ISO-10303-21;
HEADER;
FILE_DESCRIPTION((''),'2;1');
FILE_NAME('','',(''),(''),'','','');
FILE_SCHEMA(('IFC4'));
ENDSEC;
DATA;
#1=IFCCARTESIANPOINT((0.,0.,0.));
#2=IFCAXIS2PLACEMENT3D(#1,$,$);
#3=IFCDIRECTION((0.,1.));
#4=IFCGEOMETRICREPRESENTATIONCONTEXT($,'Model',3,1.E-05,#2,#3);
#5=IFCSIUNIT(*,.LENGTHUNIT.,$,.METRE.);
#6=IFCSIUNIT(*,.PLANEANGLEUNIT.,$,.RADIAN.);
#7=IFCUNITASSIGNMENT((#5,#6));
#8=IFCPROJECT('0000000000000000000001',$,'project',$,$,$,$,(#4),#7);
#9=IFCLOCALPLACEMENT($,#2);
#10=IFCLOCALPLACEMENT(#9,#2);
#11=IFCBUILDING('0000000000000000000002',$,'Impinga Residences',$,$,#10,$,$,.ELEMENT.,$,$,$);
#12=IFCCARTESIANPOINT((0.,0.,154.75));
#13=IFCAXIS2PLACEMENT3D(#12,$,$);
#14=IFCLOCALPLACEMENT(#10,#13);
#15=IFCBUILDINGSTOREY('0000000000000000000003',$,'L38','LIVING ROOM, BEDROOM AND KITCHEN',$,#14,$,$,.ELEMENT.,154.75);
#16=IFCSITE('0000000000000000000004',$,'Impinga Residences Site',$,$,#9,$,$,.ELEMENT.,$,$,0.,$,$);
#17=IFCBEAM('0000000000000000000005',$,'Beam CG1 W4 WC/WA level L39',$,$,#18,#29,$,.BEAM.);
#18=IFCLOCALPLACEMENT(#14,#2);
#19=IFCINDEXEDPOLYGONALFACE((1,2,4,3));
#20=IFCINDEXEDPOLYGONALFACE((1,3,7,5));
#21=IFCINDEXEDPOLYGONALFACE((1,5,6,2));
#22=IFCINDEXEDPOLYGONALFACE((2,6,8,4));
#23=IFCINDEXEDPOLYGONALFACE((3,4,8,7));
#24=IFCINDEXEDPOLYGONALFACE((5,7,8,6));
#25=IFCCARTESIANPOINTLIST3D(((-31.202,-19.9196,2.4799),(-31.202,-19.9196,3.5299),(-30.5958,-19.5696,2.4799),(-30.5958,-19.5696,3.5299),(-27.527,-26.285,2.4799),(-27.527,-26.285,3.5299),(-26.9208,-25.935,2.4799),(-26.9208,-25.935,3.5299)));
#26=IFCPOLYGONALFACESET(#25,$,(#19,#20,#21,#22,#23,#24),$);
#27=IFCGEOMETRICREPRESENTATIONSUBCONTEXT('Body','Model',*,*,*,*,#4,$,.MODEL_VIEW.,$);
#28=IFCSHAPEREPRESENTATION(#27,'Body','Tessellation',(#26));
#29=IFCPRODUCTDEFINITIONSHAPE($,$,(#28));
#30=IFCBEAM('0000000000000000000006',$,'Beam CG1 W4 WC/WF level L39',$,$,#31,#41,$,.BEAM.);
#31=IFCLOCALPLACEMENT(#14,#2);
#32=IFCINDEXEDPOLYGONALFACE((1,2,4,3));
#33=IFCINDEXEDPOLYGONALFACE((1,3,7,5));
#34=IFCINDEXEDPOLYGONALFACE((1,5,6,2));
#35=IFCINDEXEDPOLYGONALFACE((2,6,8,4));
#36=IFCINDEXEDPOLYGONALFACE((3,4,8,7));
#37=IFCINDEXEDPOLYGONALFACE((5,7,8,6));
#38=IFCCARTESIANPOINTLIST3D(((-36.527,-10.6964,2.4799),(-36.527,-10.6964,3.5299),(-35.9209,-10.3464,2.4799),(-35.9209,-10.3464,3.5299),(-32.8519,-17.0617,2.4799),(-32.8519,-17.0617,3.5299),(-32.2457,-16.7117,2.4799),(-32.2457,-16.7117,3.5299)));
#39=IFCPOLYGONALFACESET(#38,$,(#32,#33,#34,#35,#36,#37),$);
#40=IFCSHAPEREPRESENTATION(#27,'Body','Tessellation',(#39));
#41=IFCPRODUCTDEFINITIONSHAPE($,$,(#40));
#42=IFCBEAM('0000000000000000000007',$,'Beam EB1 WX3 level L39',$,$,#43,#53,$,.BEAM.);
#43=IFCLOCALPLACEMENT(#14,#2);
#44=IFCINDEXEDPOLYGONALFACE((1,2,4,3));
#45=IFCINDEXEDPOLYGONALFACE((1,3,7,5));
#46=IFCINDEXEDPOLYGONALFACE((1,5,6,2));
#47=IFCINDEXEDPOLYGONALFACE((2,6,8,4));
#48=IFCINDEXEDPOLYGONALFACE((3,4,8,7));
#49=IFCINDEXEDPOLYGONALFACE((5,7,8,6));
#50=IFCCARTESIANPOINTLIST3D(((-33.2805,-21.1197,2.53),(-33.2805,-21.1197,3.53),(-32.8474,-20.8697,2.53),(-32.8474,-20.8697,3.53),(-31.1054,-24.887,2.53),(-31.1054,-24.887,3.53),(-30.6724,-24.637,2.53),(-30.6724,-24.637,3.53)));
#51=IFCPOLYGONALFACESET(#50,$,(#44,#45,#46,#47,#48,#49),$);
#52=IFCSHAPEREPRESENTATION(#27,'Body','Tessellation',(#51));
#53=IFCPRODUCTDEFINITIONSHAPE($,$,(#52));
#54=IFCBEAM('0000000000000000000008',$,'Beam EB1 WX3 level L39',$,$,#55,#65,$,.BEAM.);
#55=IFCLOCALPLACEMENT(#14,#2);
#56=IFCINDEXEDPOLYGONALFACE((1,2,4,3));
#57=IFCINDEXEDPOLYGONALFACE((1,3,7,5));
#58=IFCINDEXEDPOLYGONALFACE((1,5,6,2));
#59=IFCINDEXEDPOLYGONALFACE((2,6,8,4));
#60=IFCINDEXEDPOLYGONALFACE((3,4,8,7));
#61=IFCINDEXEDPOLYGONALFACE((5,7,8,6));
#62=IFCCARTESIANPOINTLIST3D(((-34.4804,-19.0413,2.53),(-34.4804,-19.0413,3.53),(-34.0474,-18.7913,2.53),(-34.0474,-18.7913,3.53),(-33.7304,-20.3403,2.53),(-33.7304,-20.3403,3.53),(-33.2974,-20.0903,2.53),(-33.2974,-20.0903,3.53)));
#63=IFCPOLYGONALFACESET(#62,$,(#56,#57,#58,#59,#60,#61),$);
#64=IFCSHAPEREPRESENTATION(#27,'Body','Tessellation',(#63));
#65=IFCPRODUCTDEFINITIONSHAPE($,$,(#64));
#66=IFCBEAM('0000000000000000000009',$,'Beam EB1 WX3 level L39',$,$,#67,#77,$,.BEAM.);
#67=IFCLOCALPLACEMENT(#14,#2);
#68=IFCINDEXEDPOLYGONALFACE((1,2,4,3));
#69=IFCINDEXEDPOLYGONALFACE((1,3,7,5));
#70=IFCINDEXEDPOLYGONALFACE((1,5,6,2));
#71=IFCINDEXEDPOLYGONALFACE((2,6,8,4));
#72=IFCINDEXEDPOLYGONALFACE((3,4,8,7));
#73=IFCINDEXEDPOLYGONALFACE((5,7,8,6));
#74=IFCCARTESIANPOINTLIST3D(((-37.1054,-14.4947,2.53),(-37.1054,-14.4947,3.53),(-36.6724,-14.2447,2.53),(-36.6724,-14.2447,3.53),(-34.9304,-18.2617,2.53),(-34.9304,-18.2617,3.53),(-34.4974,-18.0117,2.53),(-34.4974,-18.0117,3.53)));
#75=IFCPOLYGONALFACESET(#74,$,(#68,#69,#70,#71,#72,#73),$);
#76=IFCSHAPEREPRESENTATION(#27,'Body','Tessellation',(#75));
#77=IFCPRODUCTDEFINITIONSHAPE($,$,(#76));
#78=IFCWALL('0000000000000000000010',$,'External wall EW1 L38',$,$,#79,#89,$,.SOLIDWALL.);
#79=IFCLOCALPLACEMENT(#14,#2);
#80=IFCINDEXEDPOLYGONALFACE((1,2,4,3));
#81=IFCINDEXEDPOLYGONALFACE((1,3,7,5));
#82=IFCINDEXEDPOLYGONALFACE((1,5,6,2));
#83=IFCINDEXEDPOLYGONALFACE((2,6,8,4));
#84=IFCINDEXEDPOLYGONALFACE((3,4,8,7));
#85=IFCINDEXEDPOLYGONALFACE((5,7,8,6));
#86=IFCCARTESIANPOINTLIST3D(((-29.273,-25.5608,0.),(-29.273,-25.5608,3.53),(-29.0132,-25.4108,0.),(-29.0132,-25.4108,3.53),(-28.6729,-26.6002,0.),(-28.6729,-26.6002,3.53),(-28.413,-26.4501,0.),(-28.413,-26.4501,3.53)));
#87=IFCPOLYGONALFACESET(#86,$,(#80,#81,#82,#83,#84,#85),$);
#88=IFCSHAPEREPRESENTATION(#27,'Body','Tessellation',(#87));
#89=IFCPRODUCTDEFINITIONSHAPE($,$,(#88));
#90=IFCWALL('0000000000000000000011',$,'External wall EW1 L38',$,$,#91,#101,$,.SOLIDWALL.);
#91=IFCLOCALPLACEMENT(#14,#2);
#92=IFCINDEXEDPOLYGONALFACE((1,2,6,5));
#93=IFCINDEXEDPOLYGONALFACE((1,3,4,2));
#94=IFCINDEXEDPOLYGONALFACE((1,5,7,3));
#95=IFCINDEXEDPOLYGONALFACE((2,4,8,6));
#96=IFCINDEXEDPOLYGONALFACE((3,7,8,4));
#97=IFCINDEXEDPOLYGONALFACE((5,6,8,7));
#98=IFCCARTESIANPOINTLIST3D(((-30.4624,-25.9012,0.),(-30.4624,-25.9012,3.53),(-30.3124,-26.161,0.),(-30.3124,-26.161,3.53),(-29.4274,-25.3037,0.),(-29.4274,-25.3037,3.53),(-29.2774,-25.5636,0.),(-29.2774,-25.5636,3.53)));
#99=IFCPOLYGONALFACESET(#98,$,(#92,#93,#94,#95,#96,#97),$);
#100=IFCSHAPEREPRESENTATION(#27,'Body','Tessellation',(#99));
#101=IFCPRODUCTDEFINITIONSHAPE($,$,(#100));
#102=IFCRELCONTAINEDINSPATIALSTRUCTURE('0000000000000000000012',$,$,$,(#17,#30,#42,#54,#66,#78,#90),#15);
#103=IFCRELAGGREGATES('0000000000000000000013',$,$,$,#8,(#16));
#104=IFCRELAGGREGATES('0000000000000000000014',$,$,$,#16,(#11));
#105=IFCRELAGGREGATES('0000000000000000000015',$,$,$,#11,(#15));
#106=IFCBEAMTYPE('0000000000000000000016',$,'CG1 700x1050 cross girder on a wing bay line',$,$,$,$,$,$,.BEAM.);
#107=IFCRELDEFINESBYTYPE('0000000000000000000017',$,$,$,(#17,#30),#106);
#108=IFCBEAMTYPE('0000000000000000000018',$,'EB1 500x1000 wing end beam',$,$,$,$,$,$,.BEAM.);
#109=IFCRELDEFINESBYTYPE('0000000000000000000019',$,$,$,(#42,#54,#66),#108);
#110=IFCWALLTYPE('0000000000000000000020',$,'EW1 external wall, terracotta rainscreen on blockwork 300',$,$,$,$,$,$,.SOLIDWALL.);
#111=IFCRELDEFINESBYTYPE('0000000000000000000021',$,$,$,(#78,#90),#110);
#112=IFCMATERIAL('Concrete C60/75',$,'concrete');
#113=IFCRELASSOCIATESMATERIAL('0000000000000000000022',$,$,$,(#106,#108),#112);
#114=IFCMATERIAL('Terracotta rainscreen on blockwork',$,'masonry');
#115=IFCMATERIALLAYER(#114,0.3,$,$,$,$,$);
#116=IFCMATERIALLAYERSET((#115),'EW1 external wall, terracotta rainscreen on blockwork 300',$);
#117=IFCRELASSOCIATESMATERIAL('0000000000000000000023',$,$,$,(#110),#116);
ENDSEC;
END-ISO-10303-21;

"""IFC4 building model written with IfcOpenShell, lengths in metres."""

from ifc_helpers import new_model, si_unit, direction, frame, frame_2d, origin, origin_2d, place, context, subcontext, project, spatial, rectangle, extrude, material, layer, layer_set, material_profile, profile_set, type_object, element, save


model = new_model("IFC4")

# Units and contexts
model_context = context("Model", 3, precision=1e-05, world=origin(), true_north=direction((0.0, 1.0)))
body_context = subcontext(model_context, "Body", "Model", "MODEL_VIEW")
ifc_project = project(units=[si_unit("LENGTHUNIT", "METRE"), si_unit("PLANEANGLEUNIT", "RADIAN")], contexts=[model_context])

# Site, building, storey
site_placement = place(None, origin())
site = spatial("IfcSite", under=ifc_project, at=site_placement, Name="Impinga Residences Site", CompositionType="ELEMENT", RefElevation=0.0)
building_placement = place(site_placement, origin())
building = spatial("IfcBuilding", under=site, at=building_placement, Name="Impinga Residences", CompositionType="ELEMENT")
storey_placement = place(building_placement, frame((0.0, 0.0, 154.75)))
storey = spatial("IfcBuildingStorey", under=building, at=storey_placement, Name="L38", Description="LIVING ROOM, BEDROOM AND KITCHEN", CompositionType="ELEMENT", Elevation=154.75)

# Beams
ifc_material_1 = material(Name="Concrete C60/75", Category="concrete")
ifc_material_profile_1 = material_profile(ifc_material_1, rectangle(XDim=0.7, YDim=1.05, at=origin_2d()), Name="RC 700x1050")
ifc_profile_set_1 = profile_set([ifc_material_profile_1], Name="Concrete C60/75")
beam_type_1 = type_object("IfcBeamType", Name="CG1 700x1050 cross girder on a wing bay line", PredefinedType="BEAM", material=ifc_profile_set_1)
for number, where, z_axis, x_axis, name in (
    (1, (-30.8989, -19.7446, 3.0049), (0.499994, -0.866029, 0.0), (0.866029, 0.499994, 0.0), "Beam CG1 W4 WC/WA level L39"),
    (2, (-32.5488, -16.8867, 3.0049), (-0.500008, 0.866021, 0.0), (-0.866021, -0.500008, 0.0), "Beam CG1 W4 WC/WF level L39"),
):
    element("IfcBeam", number, at=place(storey_placement, frame(where, z_axis=z_axis, x_axis=x_axis)), inside=storey, type_object=beam_type_1, Name=name, PredefinedType="BEAM", context=body_context, shape_type="SweptSolid", body=[
        extrude(rectangle(XDim=0.7, YDim=1.05, at=origin_2d()), origin(), (0.0, 0.0, 1.0), 7.3501),
    ])
ifc_material_profile_2 = material_profile(ifc_material_1, rectangle(XDim=0.5, YDim=1.0, at=origin_2d()), Name="RC 500x1000")
ifc_profile_set_2 = profile_set([ifc_material_profile_2], Name="Concrete C60/75")
beam_type_2 = type_object("IfcBeamType", Name="EB1 500x1000 wing end beam", PredefinedType="BEAM", material=ifc_profile_set_2)
beam_1_placement = place(storey_placement, frame((-30.8889, -24.762, 3.03), z_axis=(-0.499996, 0.866028, 0.0), x_axis=(-0.866028, -0.499996, 0.0)))
element("IfcBeam", 3, at=beam_1_placement, inside=storey, type_object=beam_type_2, Name="Beam EB1 WX3 level L39", PredefinedType="BEAM", context=body_context, shape_type="SweptSolid", body=[
    extrude(rectangle(XDim=0.5, YDim=1.0, at=origin_2d()), origin(), (0.0, 0.0, 1.0), 4.3501),
])
beam_2_placement = place(storey_placement, frame((-33.5139, -20.2153, 3.03), z_axis=(-0.49999, 0.866031, 0.0), x_axis=(-0.866031, -0.49999, 0.0)))
element("IfcBeam", 4, at=beam_2_placement, inside=storey, type_object=beam_type_2, Name="Beam EB1 WX3 level L39", PredefinedType="BEAM", context=body_context, shape_type="SweptSolid", body=[
    extrude(rectangle(XDim=0.5, YDim=1.0, at=origin_2d()), origin(), (0.0, 0.0, 1.0), 1.5),
])
beam_3_placement = place(storey_placement, frame((-34.7139, -18.1367, 3.03), z_axis=(-0.50002, 0.866014, 0.0), x_axis=(-0.866014, -0.50002, 0.0)))
element("IfcBeam", 5, at=beam_3_placement, inside=storey, type_object=beam_type_2, Name="Beam EB1 WX3 level L39", PredefinedType="BEAM", context=body_context, shape_type="SweptSolid", body=[
    extrude(rectangle(XDim=0.5, YDim=1.0, at=origin_2d()), origin(), (0.0, 0.0, 1.0), 4.3499),
])

# Walls
ifc_material_2 = material(Name="Terracotta rainscreen on blockwork", Category="masonry")
ifc_layer_1 = layer(ifc_material_2, 0.3)
ifc_layer_set_1 = layer_set([ifc_layer_1], Name="EW1 external wall, terracotta rainscreen on blockwork 300")
wall_type_1 = type_object("IfcWallType", Name="EW1 external wall, terracotta rainscreen on blockwork 300", PredefinedType="SOLIDWALL", material=ifc_layer_set_1)
wall_1_placement = place(storey_placement, frame((-28.543, -26.5251, 0.0), z_axis=(0.0, 0.0, 1.0), x_axis=(-0.500034, 0.866006, 0.0)))
element("IfcWall", 6, at=wall_1_placement, inside=storey, type_object=wall_type_1, Name="External wall EW1 L38", PredefinedType="SOLIDWALL", context=body_context, shape_type="SweptSolid", body=[
    extrude(rectangle(XDim=1.2002, YDim=0.3, at=frame_2d((0.6001, 0.0))), origin(), (0.0, 0.0, 1.0), 3.53),
])
wall_2_placement = place(storey_placement, frame((-29.3523, -25.4336, 0.0), z_axis=(0.0, 0.0, 1.0), x_axis=(-0.86606, -0.499941, 0.0)))
element("IfcWall", 7, at=wall_2_placement, inside=storey, type_object=wall_type_1, Name="External wall EW1 L38", PredefinedType="SOLIDWALL", context=body_context, shape_type="SweptSolid", body=[
    extrude(rectangle(XDim=1.1951, YDim=0.3, at=frame_2d((0.5977, 0.0))), origin(), (0.0, 0.0, 1.0), 3.53),
])

save(model, "model.ifc")
